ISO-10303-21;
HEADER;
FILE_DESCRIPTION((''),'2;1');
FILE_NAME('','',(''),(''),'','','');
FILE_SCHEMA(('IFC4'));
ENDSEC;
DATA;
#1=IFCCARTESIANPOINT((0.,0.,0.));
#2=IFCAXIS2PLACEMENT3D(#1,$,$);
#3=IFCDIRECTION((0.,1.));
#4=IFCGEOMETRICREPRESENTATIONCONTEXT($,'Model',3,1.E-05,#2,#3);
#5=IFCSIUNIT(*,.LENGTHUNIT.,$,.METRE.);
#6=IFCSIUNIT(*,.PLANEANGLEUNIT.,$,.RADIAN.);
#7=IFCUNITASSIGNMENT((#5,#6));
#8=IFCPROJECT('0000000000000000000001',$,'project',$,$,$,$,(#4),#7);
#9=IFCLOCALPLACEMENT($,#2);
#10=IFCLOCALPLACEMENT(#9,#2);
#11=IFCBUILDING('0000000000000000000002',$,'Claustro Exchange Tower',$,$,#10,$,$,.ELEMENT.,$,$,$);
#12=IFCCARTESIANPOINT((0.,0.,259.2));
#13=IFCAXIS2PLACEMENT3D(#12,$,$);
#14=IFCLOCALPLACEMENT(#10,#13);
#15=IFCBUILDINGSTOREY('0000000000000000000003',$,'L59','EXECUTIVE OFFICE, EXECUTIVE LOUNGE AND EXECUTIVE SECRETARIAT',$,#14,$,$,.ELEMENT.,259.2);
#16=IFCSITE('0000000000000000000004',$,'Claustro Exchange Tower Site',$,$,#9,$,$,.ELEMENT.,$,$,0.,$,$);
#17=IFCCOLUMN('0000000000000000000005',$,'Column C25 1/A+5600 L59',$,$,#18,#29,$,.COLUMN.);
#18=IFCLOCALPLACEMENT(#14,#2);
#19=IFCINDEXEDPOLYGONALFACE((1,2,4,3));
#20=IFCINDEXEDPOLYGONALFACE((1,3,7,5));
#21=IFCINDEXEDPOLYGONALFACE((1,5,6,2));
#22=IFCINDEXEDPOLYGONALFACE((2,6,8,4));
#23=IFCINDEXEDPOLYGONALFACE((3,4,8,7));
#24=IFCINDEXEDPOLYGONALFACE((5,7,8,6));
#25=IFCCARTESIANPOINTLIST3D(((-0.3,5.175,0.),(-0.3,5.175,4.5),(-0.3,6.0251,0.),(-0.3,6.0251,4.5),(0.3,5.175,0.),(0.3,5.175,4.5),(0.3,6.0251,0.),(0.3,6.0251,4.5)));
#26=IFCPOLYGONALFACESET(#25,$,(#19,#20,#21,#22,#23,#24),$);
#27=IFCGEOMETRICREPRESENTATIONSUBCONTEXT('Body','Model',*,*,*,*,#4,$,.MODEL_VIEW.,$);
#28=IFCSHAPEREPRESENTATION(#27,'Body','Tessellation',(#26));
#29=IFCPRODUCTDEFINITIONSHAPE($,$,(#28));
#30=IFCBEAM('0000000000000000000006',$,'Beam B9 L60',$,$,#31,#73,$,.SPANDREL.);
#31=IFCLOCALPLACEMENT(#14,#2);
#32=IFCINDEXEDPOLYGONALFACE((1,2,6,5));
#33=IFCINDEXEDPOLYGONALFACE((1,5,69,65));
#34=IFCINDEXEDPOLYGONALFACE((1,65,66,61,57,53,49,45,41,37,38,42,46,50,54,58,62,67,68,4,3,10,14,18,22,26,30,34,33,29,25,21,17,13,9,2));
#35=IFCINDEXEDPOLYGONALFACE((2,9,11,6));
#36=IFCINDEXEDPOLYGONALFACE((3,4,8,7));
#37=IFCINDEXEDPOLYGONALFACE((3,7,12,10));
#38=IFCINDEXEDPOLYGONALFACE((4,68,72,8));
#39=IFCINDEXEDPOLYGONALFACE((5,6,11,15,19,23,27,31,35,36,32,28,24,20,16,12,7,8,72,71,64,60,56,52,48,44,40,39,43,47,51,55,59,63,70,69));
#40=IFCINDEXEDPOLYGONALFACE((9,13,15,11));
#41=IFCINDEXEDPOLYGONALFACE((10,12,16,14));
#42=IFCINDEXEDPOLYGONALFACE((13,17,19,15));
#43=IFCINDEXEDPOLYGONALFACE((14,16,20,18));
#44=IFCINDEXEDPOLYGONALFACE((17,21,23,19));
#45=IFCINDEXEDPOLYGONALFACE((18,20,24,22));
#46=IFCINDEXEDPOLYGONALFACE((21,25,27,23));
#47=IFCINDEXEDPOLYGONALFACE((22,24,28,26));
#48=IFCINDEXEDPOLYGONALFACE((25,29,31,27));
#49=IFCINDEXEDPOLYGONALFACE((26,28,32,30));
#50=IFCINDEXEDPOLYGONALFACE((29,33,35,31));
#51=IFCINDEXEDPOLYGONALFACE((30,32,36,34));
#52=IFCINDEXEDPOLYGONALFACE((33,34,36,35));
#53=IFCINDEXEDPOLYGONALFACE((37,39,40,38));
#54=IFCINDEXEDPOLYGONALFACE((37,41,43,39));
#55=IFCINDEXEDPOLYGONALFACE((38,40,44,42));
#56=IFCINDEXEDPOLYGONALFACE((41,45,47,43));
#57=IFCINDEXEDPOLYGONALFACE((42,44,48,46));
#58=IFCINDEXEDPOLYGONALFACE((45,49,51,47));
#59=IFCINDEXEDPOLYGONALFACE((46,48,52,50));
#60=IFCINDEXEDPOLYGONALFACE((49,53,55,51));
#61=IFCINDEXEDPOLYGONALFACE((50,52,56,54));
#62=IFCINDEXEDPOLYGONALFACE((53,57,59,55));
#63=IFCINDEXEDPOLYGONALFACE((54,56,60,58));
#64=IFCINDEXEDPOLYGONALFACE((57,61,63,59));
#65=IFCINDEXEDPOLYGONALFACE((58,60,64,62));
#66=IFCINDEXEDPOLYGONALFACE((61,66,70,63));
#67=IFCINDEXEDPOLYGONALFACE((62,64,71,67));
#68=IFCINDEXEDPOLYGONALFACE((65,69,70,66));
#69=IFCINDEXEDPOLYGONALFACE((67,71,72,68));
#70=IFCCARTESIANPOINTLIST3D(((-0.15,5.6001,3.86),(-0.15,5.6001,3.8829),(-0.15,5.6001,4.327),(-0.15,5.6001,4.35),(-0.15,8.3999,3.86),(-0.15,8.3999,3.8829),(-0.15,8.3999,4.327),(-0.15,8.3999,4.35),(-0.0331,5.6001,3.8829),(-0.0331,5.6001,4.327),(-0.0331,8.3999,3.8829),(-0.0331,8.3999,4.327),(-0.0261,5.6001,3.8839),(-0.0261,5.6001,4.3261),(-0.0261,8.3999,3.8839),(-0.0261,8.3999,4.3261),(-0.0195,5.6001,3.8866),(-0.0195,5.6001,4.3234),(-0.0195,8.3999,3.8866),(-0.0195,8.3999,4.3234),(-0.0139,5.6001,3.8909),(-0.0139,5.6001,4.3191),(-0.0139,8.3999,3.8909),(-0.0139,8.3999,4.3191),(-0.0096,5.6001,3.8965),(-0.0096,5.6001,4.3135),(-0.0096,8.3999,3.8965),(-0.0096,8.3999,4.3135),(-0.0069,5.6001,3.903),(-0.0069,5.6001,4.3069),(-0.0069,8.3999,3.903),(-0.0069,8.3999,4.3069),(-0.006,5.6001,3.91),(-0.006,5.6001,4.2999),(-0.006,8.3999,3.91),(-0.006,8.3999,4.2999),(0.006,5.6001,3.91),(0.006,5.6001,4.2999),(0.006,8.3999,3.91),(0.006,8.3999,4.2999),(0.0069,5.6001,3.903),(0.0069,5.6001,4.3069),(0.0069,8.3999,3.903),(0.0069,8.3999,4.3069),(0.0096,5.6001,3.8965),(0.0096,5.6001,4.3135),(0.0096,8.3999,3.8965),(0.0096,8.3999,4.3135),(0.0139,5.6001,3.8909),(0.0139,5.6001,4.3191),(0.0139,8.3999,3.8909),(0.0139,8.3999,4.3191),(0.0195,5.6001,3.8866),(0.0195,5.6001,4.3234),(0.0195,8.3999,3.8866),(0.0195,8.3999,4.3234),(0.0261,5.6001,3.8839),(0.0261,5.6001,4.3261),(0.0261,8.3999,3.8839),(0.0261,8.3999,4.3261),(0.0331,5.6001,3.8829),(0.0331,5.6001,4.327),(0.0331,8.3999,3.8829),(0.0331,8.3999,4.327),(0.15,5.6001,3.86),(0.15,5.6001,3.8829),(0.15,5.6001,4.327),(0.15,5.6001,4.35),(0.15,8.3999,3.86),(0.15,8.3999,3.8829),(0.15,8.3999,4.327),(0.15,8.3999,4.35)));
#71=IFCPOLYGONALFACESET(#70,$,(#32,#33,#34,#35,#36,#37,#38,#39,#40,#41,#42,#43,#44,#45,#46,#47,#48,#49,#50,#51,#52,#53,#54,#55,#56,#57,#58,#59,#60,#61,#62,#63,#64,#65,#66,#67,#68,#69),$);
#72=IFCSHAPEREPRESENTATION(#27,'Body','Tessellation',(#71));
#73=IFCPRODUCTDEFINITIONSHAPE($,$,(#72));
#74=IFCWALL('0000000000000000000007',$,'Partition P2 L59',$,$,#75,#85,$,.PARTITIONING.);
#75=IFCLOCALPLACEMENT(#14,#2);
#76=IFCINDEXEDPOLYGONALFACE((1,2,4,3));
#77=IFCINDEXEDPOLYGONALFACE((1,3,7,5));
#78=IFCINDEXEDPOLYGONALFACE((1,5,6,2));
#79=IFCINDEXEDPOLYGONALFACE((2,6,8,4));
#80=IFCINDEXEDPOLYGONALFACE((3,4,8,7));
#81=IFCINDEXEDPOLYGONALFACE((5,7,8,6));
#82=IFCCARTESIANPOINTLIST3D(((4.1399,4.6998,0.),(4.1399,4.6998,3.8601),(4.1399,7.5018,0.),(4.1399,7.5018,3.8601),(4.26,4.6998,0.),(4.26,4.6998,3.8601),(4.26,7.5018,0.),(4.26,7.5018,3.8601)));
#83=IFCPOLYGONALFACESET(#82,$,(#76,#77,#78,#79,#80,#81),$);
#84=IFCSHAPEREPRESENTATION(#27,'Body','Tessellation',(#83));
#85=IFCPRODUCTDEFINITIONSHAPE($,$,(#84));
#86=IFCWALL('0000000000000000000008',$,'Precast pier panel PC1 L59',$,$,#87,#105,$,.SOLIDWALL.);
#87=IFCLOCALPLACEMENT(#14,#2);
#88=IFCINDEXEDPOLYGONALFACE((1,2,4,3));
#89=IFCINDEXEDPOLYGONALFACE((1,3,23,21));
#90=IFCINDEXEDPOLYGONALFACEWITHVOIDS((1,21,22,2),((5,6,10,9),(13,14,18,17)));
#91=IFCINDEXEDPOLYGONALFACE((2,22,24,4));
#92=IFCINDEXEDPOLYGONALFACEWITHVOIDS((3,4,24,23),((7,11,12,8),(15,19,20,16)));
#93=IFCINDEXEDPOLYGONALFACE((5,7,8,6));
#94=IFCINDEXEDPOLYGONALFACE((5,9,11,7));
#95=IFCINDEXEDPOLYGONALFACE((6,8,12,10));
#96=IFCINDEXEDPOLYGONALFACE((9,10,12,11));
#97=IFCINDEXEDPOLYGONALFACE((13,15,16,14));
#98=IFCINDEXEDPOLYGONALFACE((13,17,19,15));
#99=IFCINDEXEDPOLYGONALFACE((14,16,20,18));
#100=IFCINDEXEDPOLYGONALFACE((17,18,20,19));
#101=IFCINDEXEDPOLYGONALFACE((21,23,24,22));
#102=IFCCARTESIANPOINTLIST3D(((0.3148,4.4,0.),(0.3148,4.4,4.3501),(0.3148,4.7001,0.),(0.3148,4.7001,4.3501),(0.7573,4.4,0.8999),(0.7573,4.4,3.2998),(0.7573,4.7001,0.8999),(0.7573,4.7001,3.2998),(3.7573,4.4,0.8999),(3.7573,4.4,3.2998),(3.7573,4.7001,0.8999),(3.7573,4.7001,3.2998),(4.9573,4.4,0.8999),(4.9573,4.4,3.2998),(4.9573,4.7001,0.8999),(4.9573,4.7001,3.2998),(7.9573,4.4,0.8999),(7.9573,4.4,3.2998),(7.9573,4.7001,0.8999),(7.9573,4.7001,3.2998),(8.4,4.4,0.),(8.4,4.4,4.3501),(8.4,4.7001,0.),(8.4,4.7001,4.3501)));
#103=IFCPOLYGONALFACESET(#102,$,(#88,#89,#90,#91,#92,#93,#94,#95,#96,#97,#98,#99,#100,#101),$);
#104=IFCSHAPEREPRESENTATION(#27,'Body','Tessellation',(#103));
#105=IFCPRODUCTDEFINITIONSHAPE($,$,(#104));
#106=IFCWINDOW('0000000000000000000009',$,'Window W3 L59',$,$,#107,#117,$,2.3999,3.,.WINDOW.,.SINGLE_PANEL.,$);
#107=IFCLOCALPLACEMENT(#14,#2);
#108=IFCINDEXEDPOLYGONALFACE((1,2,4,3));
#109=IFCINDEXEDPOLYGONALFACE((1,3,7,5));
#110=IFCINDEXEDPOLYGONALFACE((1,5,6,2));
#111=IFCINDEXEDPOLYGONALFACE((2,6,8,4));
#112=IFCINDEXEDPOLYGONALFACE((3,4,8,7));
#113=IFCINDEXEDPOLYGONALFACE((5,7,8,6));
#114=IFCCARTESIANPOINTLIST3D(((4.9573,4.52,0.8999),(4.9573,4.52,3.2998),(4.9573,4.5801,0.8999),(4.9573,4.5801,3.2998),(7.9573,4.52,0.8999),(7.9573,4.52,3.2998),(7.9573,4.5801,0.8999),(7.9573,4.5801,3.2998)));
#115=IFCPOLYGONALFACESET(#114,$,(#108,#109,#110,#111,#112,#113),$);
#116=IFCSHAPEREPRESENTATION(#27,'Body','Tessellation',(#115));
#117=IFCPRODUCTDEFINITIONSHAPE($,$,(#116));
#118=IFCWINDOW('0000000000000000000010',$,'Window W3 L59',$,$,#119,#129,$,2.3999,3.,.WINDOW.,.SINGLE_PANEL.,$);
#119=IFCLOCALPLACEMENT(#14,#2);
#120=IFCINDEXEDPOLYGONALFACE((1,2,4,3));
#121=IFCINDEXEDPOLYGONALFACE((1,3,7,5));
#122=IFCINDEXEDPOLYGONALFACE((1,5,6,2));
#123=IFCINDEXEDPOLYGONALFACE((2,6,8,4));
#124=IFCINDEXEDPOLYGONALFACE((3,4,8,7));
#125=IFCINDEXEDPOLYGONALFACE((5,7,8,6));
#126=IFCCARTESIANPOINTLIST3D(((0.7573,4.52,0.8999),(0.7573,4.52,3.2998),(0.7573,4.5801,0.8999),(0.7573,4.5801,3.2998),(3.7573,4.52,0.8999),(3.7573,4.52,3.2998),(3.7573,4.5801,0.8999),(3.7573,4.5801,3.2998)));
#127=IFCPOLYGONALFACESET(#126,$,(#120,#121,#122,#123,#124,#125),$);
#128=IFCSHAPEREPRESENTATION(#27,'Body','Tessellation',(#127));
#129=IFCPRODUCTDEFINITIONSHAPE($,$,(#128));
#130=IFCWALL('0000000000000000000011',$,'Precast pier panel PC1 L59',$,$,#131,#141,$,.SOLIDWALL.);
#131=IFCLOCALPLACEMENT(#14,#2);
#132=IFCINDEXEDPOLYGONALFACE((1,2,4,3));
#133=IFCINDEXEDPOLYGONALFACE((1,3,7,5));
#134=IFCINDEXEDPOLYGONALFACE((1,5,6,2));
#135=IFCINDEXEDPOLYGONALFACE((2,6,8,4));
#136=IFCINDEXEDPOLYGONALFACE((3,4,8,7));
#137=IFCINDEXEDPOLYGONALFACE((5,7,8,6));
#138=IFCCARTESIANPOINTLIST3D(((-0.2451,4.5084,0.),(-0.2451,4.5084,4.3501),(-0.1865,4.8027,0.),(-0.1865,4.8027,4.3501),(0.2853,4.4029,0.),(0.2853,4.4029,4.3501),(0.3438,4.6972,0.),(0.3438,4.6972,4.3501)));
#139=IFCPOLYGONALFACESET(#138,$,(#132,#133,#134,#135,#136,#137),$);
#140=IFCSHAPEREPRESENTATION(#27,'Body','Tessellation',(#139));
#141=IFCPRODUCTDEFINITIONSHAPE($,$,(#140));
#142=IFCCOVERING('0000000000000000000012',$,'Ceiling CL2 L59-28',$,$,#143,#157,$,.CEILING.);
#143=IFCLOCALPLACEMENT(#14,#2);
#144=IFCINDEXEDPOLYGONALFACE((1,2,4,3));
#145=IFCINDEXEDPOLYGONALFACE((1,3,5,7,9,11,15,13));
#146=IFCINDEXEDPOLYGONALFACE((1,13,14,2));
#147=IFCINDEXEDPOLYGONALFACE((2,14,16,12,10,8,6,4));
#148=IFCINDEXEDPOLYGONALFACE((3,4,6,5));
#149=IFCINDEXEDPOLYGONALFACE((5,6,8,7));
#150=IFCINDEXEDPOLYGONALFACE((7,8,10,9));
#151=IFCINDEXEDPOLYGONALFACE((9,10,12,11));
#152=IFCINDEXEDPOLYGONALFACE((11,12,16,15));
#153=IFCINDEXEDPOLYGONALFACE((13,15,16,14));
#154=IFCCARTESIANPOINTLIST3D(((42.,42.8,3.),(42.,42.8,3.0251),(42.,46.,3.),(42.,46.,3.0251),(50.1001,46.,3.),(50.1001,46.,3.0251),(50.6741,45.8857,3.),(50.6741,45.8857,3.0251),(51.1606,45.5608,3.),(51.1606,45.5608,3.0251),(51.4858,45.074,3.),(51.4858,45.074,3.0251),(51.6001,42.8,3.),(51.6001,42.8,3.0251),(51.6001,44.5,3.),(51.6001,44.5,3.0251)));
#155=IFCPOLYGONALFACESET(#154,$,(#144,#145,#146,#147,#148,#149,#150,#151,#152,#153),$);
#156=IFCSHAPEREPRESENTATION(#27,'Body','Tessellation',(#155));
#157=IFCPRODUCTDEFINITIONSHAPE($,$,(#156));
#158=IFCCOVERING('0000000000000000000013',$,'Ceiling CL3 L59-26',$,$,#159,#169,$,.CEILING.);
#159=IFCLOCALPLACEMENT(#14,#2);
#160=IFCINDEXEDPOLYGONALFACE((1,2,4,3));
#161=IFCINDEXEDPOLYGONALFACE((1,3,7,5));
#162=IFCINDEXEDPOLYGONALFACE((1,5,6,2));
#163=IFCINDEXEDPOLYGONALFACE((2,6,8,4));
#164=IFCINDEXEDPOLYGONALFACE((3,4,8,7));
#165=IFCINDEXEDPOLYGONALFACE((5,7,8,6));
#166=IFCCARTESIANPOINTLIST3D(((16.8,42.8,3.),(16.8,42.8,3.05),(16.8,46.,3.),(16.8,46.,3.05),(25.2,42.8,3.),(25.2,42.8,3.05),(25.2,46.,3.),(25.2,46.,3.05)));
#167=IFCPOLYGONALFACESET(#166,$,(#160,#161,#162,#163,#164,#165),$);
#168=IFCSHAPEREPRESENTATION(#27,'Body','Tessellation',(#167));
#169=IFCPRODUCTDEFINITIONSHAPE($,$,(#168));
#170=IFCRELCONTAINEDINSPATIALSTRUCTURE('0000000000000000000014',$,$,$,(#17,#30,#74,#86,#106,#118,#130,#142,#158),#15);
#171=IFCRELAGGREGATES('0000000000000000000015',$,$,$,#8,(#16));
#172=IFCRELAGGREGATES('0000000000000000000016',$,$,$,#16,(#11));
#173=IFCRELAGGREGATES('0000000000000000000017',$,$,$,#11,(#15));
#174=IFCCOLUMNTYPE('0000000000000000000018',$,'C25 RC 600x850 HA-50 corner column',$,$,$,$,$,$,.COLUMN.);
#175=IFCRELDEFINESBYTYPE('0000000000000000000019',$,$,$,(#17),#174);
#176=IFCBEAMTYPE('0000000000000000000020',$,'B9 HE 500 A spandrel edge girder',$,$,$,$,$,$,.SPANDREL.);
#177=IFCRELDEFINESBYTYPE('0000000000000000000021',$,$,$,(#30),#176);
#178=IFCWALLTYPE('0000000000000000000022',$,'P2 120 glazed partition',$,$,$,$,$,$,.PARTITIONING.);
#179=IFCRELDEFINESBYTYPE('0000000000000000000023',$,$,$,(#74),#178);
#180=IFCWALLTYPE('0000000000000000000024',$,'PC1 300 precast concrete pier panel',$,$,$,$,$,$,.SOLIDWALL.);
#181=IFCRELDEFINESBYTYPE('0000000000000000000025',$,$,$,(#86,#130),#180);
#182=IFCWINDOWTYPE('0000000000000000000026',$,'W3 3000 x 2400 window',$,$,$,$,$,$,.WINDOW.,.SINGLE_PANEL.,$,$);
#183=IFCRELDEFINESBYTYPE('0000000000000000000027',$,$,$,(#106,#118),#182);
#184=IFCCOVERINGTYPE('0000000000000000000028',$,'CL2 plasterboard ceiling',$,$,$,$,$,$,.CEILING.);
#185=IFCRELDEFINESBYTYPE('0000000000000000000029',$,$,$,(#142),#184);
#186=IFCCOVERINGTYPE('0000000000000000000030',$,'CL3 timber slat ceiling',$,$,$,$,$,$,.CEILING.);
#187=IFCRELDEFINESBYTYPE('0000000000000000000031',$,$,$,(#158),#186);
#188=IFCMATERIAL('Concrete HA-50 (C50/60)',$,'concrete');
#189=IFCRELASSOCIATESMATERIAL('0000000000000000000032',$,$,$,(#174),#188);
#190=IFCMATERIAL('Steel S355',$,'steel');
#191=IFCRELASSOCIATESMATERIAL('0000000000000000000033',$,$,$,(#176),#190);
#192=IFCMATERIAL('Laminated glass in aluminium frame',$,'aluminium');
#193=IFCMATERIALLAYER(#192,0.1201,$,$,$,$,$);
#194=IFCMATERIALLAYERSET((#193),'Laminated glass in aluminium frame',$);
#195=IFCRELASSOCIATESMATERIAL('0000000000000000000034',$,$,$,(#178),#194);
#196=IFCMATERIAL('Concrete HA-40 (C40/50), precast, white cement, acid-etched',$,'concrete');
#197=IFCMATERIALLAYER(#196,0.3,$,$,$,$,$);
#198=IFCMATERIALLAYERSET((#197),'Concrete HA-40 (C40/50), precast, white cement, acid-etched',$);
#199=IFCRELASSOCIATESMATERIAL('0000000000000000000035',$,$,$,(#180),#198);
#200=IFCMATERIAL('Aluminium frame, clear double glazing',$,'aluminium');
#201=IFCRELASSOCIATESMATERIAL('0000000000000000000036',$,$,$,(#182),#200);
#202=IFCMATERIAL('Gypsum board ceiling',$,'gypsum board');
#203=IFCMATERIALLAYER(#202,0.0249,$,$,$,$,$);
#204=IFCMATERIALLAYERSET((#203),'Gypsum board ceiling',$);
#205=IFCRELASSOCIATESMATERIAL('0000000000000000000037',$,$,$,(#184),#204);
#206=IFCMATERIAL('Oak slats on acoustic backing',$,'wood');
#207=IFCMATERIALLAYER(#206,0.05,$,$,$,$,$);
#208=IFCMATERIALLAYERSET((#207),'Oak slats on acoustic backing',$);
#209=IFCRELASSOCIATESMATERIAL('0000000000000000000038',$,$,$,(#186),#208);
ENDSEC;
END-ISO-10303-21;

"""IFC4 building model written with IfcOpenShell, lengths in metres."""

from ifc_helpers import new_model, si_unit, direction, frame, frame_2d, origin, origin_2d, place, context, subcontext, project, spatial, polyline, rectangle, i_section, outline, extrude, material, layer, layer_set, material_profile, profile_set, type_object, element, fill, save


model = new_model("IFC4")

# Units and contexts
model_context = context("Model", 3, precision=1e-05, world=origin(), true_north=direction((0.0, 1.0)))
body_context = subcontext(model_context, "Body", "Model", "MODEL_VIEW")
ifc_project = project(units=[si_unit("LENGTHUNIT", "METRE"), si_unit("PLANEANGLEUNIT", "RADIAN")], contexts=[model_context])

# Site, building, storey
site_placement = place(None, origin())
site = spatial("IfcSite", under=ifc_project, at=site_placement, Name="Claustro Exchange Tower Site", CompositionType="ELEMENT", RefElevation=0.0)
building_placement = place(site_placement, origin())
building = spatial("IfcBuilding", under=site, at=building_placement, Name="Claustro Exchange Tower", CompositionType="ELEMENT")
storey_placement = place(building_placement, frame((0.0, 0.0, 259.2)))
storey = spatial("IfcBuildingStorey", under=building, at=storey_placement, Name="L59", Description="EXECUTIVE OFFICE, EXECUTIVE LOUNGE AND EXECUTIVE SECRETARIAT", CompositionType="ELEMENT", Elevation=259.2)

# Column
ifc_material_1 = material(Name="Concrete HA-50 (C50/60)", Category="concrete")
ifc_material_profile_1 = material_profile(ifc_material_1, rectangle(XDim=0.6001, YDim=0.8501, at=origin_2d()), Name="RC 600x850")
ifc_profile_set_1 = profile_set([ifc_material_profile_1], Name="Concrete HA-50 (C50/60)")
column_type = type_object("IfcColumnType", Name="C25 RC 600x850 HA-50 corner column", PredefinedType="COLUMN", material=ifc_profile_set_1)
column_placement = place(storey_placement, frame((0.0, 5.6001, 0.0), z_axis=(0.0, 0.0, 1.0), x_axis=(1.0, 0.0, 0.0)))
element("IfcColumn", 1, at=column_placement, inside=storey, type_object=column_type, Name="Column C25 1/A+5600 L59", PredefinedType="COLUMN", context=body_context, shape_type="SweptSolid", body=[
    extrude(rectangle(XDim=0.6001, YDim=0.8501, at=origin_2d()), origin(), (0.0, 0.0, 1.0), 4.5),
])

# Beam
ifc_material_2 = material(Name="Steel S355", Category="steel")
ifc_material_profile_2 = material_profile(ifc_material_2, i_section(OverallWidth=0.3, OverallDepth=0.49, WebThickness=0.012, FlangeThickness=0.0229, FilletRadius=0.0271, at=origin_2d()), Name="HE 500 A")
ifc_profile_set_2 = profile_set([ifc_material_profile_2], Name="Steel S355")
beam_type = type_object("IfcBeamType", Name="B9 HE 500 A spandrel edge girder", PredefinedType="SPANDREL", material=ifc_profile_set_2)
beam_placement = place(storey_placement, frame((0.0, 5.6001, 4.105), z_axis=(0.0, 1.0, 0.0), x_axis=(-1.0, 0.0, 0.0)))
element("IfcBeam", 2, at=beam_placement, inside=storey, type_object=beam_type, Name="Beam B9 L60", PredefinedType="SPANDREL", context=body_context, shape_type="SweptSolid", body=[
    extrude(i_section(OverallWidth=0.3, OverallDepth=0.49, WebThickness=0.012, FlangeThickness=0.0229, FilletRadius=0.0271, at=origin_2d()), origin(), (0.0, 0.0, 1.0), 2.7998),
])

# Wall
ifc_material_3 = material(Name="Laminated glass in aluminium frame", Category="aluminium")
ifc_layer_1 = layer(ifc_material_3, 0.1201)
ifc_layer_set_1 = layer_set([ifc_layer_1], Name="Laminated glass in aluminium frame")
wall_type_1 = type_object("IfcWallType", Name="P2 120 glazed partition", PredefinedType="PARTITIONING", material=ifc_layer_set_1)
wall_1_placement = place(storey_placement, frame((4.2, 4.7, 0.0), z_axis=(0.0, 0.0, 1.0), x_axis=(0.0, 1.0, 0.0)))
element("IfcWall", 3, at=wall_1_placement, inside=storey, type_object=wall_type_1, Name="Partition P2 L59", PredefinedType="PARTITIONING", context=body_context, shape_type="SweptSolid", body=[
    extrude(rectangle(XDim=2.802, YDim=0.1201, at=frame_2d((1.4009, 0.0))), origin(), (0.0, 0.0, 1.0), 3.8601),
])

# Wall, openings, windows
ifc_material_4 = material(Name="Concrete HA-40 (C40/50), precast, white cement, acid-etched", Category="concrete")
ifc_layer_2 = layer(ifc_material_4, 0.3)
ifc_layer_set_2 = layer_set([ifc_layer_2], Name="Concrete HA-40 (C40/50), precast, white cement, acid-etched")
wall_type_2 = type_object("IfcWallType", Name="PC1 300 precast concrete pier panel", PredefinedType="SOLIDWALL", material=ifc_layer_set_2)
wall_2_placement = place(storey_placement, frame((8.3999, 4.55, 0.0), z_axis=(0.0, 0.0, 1.0), x_axis=(-1.0, 0.0, 0.0)))
wall_2 = element("IfcWall", 4, at=wall_2_placement, inside=storey, type_object=wall_type_2, Name="Precast pier panel PC1 L59", PredefinedType="SOLIDWALL", context=body_context, shape_type="SweptSolid", body=[
    extrude(rectangle(XDim=8.0852, YDim=0.3, at=frame_2d((4.0425, 0.0))), origin(), (0.0, 0.0, 1.0), 4.3501),
])
opening_1_placement = place(wall_2_placement, frame((0.4426, 0.0, 0.8999)))
opening_1 = element("IfcOpeningElement", 5, at=opening_1_placement, cuts=wall_2, PredefinedType="OPENING", context=body_context, shape_type="SweptSolid", body=[
    extrude(rectangle(XDim=3.0, YDim=2.3999, at=frame_2d((1.5, 1.2))), frame((0.0, 0.1599, 0.0), z_axis=(0.0, -1.0, 0.0), x_axis=(1.0, 0.0, 0.0)), (0.0, 0.0, 1.0), 0.3201),
])
opening_2_placement = place(wall_2_placement, frame((4.6426, 0.0, 0.8999)))
opening_2 = element("IfcOpeningElement", 6, at=opening_2_placement, cuts=wall_2, PredefinedType="OPENING", context=body_context, shape_type="SweptSolid", body=[
    extrude(rectangle(XDim=3.0, YDim=2.3999, at=frame_2d((1.5, 1.2))), frame((0.0, 0.1599, 0.0), z_axis=(0.0, -1.0, 0.0), x_axis=(1.0, 0.0, 0.0)), (0.0, 0.0, 1.0), 0.3201),
])
ifc_material_5 = material(Name="Aluminium frame, clear double glazing", Category="aluminium")
window_type = type_object("IfcWindowType", Name="W3 3000 x 2400 window", PartitioningType="SINGLE_PANEL", PredefinedType="WINDOW", material=ifc_material_5)
window_1_placement = place(opening_1_placement, origin())
window_1 = element("IfcWindow", 7, at=window_1_placement, inside=storey, type_object=window_type, Name="Window W3 L59", OverallHeight=2.3999, OverallWidth=3.0, PartitioningType="SINGLE_PANEL", PredefinedType="WINDOW", context=body_context, shape_type="SweptSolid", body=[
    extrude(rectangle(XDim=3.0, YDim=2.3999, at=frame_2d((1.5, 1.2))), frame((0.0, 0.03, 0.0), z_axis=(0.0, -1.0, 0.0), x_axis=(1.0, 0.0, 0.0)), (0.0, 0.0, 1.0), 0.0601),
])
fill(opening_1, window_1)
window_2_placement = place(opening_2_placement, origin())
window_2 = element("IfcWindow", 8, at=window_2_placement, inside=storey, type_object=window_type, Name="Window W3 L59", OverallHeight=2.3999, OverallWidth=3.0, PartitioningType="SINGLE_PANEL", PredefinedType="WINDOW", context=body_context, shape_type="SweptSolid", body=[
    extrude(rectangle(XDim=3.0, YDim=2.3999, at=frame_2d((1.5, 1.2))), frame((0.0, 0.03, 0.0), z_axis=(0.0, -1.0, 0.0), x_axis=(1.0, 0.0, 0.0)), (0.0, 0.0, 1.0), 0.0601),
])
fill(opening_2, window_2)

# Wall
wall_3_placement = place(storey_placement, frame((0.3147, 4.55, 0.0), z_axis=(0.0, 0.0, 1.0), x_axis=(-0.980789, 0.195074, 0.0)))
element("IfcWall", 9, at=wall_3_placement, inside=storey, type_object=wall_type_2, Name="Precast pier panel PC1 L59", PredefinedType="SOLIDWALL", context=body_context, shape_type="SweptSolid", body=[
    extrude(rectangle(XDim=0.5408, YDim=0.3, at=frame_2d((0.2705, 0.0))), origin(), (0.0, 0.0, 1.0), 4.3501),
])

# Coverings
ifc_material_6 = material(Name="Gypsum board ceiling", Category="gypsum board")
ifc_layer_3 = layer(ifc_material_6, 0.0249)
ifc_layer_set_3 = layer_set([ifc_layer_3], Name="Gypsum board ceiling")
covering_type_1 = type_object("IfcCoveringType", Name="CL2 plasterboard ceiling", PredefinedType="CEILING", material=ifc_layer_set_3)
covering_1_placement = place(storey_placement, frame((0.0, 0.0, 3.0)))
element("IfcCovering", 10, at=covering_1_placement, inside=storey, type_object=covering_type_1, Name="Ceiling CL2 L59-28", PredefinedType="CEILING", context=body_context, shape_type="SweptSolid", body=[
    extrude(outline(polyline([(50.1001, 46.0), (42.0, 46.0), (42.0, 42.8), (51.6001, 42.8), (51.6001, 44.5), (51.4858, 45.074), (51.1606, 45.5608), (50.6741, 45.8857), (50.1001, 46.0)])), origin(), (0.0, 0.0, 1.0), 0.0251),
])
ifc_material_7 = material(Name="Oak slats on acoustic backing", Category="wood")
ifc_layer_4 = layer(ifc_material_7, 0.05)
ifc_layer_set_4 = layer_set([ifc_layer_4], Name="Oak slats on acoustic backing")
covering_type_2 = type_object("IfcCoveringType", Name="CL3 timber slat ceiling", PredefinedType="CEILING", material=ifc_layer_set_4)
covering_2_placement = place(storey_placement, frame((0.0, 0.0, 3.0)))
element("IfcCovering", 11, at=covering_2_placement, inside=storey, type_object=covering_type_2, Name="Ceiling CL3 L59-26", PredefinedType="CEILING", context=body_context, shape_type="SweptSolid", body=[
    extrude(outline(polyline([(25.2, 46.0), (16.8, 46.0), (16.8, 42.8), (25.2, 42.8), (25.2, 46.0)])), origin(), (0.0, 0.0, 1.0), 0.05),
])

save(model, "model.ifc")
